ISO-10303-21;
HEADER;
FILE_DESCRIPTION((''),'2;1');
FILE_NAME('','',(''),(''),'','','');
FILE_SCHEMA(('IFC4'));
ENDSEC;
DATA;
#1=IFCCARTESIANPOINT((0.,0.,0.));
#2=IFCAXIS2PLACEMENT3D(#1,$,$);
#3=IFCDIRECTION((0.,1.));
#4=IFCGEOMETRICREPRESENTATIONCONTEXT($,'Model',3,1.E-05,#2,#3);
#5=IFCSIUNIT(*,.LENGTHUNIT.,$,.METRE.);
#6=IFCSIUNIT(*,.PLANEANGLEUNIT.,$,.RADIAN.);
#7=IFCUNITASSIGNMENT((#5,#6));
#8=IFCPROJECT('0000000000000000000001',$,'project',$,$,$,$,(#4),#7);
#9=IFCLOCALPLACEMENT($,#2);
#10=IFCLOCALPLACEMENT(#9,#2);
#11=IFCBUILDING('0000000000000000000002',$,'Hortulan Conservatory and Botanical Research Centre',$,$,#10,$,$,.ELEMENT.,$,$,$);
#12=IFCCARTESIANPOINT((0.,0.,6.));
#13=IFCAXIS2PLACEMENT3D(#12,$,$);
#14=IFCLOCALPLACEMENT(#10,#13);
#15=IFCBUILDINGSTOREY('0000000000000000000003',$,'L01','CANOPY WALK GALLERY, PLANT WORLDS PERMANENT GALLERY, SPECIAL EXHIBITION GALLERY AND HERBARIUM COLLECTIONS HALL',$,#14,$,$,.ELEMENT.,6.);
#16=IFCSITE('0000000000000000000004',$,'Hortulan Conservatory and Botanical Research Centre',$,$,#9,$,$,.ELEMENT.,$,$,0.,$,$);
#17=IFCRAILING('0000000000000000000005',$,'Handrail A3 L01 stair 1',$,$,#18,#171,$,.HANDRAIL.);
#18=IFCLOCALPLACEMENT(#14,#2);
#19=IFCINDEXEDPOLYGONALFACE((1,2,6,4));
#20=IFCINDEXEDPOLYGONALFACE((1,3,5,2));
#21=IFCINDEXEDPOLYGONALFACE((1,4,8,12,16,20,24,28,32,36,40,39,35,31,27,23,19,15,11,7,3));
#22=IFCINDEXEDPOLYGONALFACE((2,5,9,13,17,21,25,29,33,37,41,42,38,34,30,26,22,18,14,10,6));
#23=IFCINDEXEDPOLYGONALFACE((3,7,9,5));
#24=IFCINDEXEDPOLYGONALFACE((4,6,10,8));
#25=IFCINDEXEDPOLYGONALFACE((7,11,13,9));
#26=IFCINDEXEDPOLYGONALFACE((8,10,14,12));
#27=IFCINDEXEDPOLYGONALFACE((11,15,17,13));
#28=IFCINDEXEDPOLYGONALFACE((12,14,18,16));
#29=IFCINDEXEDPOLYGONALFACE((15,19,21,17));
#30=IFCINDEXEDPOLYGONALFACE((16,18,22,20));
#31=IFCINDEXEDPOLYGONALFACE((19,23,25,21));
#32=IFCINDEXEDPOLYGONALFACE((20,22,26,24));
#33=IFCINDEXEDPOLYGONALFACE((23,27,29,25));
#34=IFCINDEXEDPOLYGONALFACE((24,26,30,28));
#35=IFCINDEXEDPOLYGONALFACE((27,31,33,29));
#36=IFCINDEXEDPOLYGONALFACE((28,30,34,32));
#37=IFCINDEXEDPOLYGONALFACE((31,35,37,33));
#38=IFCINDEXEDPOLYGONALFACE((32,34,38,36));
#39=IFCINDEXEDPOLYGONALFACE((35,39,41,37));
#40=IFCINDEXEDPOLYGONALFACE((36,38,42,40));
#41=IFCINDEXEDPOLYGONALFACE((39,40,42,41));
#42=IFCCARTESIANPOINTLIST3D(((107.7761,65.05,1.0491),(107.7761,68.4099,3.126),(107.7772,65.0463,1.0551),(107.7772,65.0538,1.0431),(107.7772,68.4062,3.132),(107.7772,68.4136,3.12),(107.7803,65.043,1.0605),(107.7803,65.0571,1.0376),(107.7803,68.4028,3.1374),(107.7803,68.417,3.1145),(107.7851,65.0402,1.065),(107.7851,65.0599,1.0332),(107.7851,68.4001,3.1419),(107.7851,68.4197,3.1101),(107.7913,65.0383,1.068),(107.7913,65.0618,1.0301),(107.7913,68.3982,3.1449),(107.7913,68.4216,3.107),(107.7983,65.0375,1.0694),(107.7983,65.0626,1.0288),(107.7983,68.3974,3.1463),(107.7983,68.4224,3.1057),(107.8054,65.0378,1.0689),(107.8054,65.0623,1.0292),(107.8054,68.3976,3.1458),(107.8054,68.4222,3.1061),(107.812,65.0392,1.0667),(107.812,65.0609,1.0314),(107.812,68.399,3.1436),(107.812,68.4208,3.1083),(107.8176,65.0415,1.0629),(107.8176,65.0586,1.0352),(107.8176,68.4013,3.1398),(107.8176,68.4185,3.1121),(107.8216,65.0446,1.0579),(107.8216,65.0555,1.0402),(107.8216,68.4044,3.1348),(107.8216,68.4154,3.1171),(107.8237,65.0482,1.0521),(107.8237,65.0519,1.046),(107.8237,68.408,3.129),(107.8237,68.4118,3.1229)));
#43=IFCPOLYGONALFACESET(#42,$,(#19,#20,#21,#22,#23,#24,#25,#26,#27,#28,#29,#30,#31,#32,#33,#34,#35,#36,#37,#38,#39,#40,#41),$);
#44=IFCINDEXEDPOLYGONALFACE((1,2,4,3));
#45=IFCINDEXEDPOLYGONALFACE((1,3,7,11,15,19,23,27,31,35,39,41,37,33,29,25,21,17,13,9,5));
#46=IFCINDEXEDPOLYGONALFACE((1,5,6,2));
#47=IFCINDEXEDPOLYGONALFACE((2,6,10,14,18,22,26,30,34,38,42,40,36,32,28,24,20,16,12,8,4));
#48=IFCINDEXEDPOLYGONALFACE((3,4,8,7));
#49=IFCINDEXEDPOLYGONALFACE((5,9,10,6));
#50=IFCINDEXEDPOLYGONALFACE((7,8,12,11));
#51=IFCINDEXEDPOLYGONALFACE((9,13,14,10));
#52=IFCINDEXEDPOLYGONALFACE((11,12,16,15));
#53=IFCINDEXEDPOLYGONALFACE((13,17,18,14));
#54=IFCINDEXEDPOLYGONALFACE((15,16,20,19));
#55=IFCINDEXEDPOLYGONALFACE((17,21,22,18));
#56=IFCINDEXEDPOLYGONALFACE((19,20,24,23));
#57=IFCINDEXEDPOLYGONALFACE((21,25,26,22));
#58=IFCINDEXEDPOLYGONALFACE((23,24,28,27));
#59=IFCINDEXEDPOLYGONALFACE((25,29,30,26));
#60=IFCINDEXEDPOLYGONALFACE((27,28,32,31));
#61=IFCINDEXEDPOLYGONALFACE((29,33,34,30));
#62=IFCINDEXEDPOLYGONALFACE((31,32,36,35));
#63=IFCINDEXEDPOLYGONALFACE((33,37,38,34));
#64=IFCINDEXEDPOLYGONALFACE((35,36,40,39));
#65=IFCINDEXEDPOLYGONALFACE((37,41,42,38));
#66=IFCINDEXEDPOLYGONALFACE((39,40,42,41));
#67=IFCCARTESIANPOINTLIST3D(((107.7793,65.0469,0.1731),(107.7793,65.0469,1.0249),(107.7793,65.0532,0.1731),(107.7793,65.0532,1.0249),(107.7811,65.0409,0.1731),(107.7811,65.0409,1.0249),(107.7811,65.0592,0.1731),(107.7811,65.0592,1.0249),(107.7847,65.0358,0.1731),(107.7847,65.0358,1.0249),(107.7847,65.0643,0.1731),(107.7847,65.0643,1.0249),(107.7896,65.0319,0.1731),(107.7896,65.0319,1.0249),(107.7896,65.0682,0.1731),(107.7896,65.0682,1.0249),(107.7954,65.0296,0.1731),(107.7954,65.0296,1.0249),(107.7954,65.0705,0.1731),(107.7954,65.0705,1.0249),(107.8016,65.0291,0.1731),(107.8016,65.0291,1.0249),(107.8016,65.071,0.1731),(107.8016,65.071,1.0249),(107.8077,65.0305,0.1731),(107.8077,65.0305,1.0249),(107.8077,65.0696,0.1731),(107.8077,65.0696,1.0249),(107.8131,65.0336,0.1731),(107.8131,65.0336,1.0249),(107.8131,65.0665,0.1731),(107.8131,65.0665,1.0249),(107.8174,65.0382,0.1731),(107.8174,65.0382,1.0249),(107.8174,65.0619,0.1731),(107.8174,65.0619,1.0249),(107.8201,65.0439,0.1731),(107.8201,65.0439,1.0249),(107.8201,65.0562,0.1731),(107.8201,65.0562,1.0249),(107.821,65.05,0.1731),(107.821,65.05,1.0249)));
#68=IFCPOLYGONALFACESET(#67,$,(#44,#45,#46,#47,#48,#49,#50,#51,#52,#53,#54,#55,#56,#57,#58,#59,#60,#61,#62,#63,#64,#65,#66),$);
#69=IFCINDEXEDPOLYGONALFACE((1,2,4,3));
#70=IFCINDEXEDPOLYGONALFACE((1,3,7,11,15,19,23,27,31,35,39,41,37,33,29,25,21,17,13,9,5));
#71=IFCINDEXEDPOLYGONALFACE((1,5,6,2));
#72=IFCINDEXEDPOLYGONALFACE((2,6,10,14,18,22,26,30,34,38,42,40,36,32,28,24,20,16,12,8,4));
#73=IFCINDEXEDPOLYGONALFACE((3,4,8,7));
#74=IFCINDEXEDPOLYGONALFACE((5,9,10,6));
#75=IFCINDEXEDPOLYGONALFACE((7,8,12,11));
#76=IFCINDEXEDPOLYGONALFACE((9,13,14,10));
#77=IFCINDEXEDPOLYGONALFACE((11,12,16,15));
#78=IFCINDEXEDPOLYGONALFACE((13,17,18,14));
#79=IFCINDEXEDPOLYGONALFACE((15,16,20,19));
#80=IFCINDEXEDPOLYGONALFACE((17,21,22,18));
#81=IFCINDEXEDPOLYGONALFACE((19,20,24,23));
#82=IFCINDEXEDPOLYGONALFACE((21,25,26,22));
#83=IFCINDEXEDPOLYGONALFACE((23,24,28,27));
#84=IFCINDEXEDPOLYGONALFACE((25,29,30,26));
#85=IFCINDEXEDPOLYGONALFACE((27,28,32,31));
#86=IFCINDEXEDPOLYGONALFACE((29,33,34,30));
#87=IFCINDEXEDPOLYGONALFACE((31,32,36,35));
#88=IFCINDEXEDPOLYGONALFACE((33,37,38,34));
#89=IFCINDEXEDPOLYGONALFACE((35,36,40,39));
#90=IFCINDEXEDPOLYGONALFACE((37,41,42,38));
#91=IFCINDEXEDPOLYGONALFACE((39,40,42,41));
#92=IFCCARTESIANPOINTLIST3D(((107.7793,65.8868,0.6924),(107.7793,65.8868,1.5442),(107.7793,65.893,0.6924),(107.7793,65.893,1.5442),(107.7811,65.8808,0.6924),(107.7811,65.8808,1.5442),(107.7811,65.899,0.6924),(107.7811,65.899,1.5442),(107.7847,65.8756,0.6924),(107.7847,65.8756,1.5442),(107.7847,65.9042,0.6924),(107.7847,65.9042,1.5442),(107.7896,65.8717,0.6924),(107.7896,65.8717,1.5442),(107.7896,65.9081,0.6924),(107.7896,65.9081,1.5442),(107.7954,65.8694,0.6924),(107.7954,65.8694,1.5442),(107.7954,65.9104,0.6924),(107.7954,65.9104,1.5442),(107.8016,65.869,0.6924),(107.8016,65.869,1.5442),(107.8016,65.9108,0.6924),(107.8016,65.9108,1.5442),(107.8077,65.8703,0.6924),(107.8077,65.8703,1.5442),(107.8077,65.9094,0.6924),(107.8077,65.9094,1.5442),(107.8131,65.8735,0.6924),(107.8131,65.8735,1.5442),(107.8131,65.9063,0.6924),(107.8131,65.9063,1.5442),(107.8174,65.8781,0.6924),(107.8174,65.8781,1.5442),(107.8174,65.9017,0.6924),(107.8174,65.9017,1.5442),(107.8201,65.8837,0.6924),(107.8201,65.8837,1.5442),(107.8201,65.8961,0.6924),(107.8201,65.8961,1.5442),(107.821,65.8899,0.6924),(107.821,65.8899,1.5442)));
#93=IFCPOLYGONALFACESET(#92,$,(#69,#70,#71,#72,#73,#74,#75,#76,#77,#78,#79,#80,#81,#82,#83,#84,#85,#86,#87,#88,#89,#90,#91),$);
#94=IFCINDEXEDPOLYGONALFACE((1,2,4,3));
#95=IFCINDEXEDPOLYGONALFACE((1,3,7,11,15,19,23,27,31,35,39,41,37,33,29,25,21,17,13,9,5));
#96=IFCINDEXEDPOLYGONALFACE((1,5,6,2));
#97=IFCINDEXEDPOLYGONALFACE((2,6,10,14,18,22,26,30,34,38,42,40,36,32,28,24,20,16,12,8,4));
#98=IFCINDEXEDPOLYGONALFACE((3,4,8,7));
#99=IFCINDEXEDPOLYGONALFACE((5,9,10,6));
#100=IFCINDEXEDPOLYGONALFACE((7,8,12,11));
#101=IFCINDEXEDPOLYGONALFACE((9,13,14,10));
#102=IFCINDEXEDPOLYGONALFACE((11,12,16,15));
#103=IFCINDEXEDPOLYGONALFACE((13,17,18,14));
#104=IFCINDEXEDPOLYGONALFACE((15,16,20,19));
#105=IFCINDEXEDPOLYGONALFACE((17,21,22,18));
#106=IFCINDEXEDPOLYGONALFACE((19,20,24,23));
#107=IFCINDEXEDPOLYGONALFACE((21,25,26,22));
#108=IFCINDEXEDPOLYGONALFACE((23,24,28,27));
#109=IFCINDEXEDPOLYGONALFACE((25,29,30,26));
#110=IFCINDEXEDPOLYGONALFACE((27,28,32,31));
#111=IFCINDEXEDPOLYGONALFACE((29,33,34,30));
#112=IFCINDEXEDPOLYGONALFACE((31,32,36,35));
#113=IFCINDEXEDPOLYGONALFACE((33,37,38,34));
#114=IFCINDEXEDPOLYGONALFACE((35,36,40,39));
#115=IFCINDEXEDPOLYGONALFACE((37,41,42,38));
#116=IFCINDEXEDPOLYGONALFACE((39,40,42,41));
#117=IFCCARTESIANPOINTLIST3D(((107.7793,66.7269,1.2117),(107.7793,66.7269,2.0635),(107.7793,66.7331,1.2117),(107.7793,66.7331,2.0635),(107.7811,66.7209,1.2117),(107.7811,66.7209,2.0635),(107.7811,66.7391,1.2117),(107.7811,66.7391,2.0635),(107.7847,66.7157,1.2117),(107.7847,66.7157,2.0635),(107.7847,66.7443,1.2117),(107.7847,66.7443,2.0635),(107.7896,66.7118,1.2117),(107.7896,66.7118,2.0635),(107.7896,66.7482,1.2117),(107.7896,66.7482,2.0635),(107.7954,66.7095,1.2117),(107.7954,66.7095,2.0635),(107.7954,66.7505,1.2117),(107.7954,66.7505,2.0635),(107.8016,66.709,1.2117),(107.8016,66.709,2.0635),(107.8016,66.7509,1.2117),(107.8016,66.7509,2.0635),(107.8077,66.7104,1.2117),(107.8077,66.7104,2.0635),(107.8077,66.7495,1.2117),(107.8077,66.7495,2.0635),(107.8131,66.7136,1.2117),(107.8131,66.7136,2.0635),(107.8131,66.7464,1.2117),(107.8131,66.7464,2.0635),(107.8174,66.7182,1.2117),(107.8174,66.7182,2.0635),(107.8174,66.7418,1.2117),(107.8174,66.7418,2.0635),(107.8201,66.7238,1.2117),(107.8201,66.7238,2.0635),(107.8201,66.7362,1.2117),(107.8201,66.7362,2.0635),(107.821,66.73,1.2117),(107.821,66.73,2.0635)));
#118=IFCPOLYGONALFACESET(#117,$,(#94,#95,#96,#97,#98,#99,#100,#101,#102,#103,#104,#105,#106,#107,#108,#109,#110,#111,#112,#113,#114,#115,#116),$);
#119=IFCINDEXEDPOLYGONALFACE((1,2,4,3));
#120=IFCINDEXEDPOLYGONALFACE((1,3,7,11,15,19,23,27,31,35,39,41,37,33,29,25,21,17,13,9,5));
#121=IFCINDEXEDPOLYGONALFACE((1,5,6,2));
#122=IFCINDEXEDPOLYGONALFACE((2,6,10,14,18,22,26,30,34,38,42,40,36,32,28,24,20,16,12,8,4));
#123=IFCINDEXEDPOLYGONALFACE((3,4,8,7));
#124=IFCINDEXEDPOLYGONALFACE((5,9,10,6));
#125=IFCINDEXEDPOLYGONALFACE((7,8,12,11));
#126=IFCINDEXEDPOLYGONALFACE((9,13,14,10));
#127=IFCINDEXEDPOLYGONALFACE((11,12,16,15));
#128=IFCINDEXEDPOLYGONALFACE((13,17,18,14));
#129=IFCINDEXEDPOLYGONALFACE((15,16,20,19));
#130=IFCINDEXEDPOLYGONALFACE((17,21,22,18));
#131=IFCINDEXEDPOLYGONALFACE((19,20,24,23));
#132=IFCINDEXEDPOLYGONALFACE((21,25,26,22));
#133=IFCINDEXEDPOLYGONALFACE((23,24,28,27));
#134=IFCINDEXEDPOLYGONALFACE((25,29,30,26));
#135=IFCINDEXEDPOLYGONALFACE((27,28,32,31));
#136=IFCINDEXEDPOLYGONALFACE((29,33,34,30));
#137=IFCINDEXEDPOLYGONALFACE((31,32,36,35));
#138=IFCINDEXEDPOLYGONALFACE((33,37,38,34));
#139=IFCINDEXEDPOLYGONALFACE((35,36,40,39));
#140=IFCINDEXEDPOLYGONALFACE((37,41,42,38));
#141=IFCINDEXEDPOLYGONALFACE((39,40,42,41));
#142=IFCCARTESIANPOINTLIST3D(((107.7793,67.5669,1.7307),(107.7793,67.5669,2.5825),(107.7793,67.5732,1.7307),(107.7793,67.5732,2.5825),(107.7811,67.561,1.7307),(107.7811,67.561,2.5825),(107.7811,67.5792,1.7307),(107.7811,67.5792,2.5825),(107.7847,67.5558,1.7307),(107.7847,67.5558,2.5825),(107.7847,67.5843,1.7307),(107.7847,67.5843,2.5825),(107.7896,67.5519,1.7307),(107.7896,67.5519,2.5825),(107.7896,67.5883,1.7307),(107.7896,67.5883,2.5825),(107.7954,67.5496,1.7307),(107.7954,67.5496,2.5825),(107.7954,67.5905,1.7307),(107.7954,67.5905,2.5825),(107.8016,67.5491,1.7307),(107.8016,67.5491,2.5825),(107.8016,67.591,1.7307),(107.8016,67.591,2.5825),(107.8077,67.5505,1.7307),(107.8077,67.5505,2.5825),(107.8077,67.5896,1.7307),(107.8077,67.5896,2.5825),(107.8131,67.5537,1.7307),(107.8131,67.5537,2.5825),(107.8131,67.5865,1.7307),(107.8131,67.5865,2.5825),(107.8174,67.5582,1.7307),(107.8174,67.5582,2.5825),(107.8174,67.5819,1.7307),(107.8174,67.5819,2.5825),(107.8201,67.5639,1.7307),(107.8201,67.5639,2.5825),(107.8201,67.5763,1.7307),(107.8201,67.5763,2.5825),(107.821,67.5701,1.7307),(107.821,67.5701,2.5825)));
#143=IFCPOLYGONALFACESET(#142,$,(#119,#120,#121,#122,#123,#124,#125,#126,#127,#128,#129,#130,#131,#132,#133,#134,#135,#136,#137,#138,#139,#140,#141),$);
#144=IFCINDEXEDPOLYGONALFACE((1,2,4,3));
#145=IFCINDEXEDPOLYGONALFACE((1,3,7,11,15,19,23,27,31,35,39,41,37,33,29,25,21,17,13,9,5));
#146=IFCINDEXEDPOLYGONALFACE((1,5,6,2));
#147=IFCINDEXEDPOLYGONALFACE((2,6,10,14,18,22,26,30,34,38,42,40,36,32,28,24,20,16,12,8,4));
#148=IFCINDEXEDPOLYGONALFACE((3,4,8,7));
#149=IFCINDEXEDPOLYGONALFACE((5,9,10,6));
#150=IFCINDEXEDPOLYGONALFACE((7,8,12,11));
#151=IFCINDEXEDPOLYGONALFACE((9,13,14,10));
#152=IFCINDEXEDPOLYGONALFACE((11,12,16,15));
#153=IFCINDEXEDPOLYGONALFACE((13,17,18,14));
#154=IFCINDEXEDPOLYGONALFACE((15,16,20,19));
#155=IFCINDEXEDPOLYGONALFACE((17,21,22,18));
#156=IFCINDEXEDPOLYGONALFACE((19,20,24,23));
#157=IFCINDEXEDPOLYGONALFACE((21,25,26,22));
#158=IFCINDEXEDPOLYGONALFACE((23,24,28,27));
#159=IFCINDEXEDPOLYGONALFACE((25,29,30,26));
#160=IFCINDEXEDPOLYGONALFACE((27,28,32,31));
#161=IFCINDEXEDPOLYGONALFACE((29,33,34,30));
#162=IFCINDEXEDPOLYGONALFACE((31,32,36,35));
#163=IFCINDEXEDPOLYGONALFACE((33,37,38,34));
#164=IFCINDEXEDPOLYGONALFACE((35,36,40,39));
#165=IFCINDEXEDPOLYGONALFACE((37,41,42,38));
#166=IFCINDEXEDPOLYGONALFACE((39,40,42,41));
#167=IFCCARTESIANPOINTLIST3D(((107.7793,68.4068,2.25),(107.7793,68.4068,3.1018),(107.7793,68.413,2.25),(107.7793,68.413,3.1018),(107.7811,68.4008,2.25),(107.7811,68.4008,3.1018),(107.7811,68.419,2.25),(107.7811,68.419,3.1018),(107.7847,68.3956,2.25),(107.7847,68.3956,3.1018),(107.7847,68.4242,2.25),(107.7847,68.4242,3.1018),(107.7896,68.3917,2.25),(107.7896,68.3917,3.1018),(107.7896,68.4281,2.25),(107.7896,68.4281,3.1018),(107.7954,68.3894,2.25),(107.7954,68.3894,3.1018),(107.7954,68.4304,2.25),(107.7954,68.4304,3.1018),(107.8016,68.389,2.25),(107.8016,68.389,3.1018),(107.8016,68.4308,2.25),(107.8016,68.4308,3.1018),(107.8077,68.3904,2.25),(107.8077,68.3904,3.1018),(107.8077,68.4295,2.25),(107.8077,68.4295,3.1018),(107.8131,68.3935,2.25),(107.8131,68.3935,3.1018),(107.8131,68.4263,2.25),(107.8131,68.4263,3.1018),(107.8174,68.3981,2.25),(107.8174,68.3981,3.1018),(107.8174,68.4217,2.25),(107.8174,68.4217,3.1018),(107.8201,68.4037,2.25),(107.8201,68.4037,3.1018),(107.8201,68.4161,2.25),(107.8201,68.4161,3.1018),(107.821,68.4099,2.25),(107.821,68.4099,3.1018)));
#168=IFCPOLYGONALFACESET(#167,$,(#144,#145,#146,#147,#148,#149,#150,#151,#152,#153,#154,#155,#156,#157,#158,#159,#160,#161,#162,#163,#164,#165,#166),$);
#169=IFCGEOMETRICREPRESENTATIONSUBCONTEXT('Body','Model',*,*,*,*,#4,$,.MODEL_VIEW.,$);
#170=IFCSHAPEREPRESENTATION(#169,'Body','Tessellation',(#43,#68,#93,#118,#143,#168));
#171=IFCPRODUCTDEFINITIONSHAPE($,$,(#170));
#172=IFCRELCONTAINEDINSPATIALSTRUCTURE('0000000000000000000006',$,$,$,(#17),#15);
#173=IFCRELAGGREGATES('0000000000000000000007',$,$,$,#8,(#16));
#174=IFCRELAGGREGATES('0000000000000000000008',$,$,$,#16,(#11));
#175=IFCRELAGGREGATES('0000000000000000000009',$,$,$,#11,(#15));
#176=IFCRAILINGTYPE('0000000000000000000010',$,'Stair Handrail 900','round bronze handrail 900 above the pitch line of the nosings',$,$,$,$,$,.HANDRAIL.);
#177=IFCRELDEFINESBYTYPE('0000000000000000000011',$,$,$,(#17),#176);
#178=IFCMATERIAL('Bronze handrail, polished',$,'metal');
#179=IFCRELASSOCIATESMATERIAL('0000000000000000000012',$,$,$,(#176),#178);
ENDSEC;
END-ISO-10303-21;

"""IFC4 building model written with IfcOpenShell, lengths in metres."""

from ifc_helpers import new_model, si_unit, direction, frame, origin, origin_2d, place, context, subcontext, project, spatial, circle, extrude, material, type_object, element, save


model = new_model("IFC4")

# Units and contexts
model_context = context("Model", 3, precision=1e-05, world=origin(), true_north=direction((0.0, 1.0)))
body_context = subcontext(model_context, "Body", "Model", "MODEL_VIEW")
ifc_project = project(units=[si_unit("LENGTHUNIT", "METRE"), si_unit("PLANEANGLEUNIT", "RADIAN")], contexts=[model_context])

# Site, building, storey
site_placement = place(None, origin())
site = spatial("IfcSite", under=ifc_project, at=site_placement, Name="Hortulan Conservatory and Botanical Research Centre", CompositionType="ELEMENT", RefElevation=0.0)
building_placement = place(site_placement, origin())
building = spatial("IfcBuilding", under=site, at=building_placement, Name="Hortulan Conservatory and Botanical Research Centre", CompositionType="ELEMENT")
storey_placement = place(building_placement, frame((0.0, 0.0, 6.0)))
storey = spatial("IfcBuildingStorey", under=building, at=storey_placement, Name="L01", Description="CANOPY WALK GALLERY, PLANT WORLDS PERMANENT GALLERY, SPECIAL EXHIBITION GALLERY AND HERBARIUM COLLECTIONS HALL", CompositionType="ELEMENT", Elevation=6.0)

# Railing
ifc_material_1 = material(Name="Bronze handrail, polished", Category="metal")
railing_type_1 = type_object("IfcRailingType", Name="Stair Handrail 900", Description="round bronze handrail 900 above the pitch line of the nosings", PredefinedType="HANDRAIL", material=ifc_material_1)
railing_1_placement = place(storey_placement, frame((107.8, 65.05, 0.1731)))
element("IfcRailing", 1, at=railing_1_placement, inside=storey, type_object=railing_type_1, Name="Handrail A3 L01 stair 1", PredefinedType="HANDRAIL", context=body_context, shape_type="SweptSolid", body=[
    extrude(circle(Radius=0.0239, at=origin_2d()), frame((0.0, 0.0, 0.876), z_axis=(0.0, 0.850606, 0.525803), x_axis=(-1.0, 0.0, 0.0)), (0.0, 0.0, 1.0), 3.95),
    extrude(circle(Radius=0.021, at=origin_2d()), origin(), (0.0, 0.0, 1.0), 0.8518),
    extrude(circle(Radius=0.021, at=origin_2d()), frame((0.0, 0.8398, 0.5193)), (0.0, 0.0, 1.0), 0.8518),
    extrude(circle(Radius=0.021, at=origin_2d()), frame((0.0, 1.6799, 1.0386)), (0.0, 0.0, 1.0), 0.8518),
    extrude(circle(Radius=0.021, at=origin_2d()), frame((0.0, 2.52, 1.5576)), (0.0, 0.0, 1.0), 0.8518),
    extrude(circle(Radius=0.021, at=origin_2d()), frame((0.0, 3.3599, 2.0769)), (0.0, 0.0, 1.0), 0.8518),
])

save(model, "model.ifc")
